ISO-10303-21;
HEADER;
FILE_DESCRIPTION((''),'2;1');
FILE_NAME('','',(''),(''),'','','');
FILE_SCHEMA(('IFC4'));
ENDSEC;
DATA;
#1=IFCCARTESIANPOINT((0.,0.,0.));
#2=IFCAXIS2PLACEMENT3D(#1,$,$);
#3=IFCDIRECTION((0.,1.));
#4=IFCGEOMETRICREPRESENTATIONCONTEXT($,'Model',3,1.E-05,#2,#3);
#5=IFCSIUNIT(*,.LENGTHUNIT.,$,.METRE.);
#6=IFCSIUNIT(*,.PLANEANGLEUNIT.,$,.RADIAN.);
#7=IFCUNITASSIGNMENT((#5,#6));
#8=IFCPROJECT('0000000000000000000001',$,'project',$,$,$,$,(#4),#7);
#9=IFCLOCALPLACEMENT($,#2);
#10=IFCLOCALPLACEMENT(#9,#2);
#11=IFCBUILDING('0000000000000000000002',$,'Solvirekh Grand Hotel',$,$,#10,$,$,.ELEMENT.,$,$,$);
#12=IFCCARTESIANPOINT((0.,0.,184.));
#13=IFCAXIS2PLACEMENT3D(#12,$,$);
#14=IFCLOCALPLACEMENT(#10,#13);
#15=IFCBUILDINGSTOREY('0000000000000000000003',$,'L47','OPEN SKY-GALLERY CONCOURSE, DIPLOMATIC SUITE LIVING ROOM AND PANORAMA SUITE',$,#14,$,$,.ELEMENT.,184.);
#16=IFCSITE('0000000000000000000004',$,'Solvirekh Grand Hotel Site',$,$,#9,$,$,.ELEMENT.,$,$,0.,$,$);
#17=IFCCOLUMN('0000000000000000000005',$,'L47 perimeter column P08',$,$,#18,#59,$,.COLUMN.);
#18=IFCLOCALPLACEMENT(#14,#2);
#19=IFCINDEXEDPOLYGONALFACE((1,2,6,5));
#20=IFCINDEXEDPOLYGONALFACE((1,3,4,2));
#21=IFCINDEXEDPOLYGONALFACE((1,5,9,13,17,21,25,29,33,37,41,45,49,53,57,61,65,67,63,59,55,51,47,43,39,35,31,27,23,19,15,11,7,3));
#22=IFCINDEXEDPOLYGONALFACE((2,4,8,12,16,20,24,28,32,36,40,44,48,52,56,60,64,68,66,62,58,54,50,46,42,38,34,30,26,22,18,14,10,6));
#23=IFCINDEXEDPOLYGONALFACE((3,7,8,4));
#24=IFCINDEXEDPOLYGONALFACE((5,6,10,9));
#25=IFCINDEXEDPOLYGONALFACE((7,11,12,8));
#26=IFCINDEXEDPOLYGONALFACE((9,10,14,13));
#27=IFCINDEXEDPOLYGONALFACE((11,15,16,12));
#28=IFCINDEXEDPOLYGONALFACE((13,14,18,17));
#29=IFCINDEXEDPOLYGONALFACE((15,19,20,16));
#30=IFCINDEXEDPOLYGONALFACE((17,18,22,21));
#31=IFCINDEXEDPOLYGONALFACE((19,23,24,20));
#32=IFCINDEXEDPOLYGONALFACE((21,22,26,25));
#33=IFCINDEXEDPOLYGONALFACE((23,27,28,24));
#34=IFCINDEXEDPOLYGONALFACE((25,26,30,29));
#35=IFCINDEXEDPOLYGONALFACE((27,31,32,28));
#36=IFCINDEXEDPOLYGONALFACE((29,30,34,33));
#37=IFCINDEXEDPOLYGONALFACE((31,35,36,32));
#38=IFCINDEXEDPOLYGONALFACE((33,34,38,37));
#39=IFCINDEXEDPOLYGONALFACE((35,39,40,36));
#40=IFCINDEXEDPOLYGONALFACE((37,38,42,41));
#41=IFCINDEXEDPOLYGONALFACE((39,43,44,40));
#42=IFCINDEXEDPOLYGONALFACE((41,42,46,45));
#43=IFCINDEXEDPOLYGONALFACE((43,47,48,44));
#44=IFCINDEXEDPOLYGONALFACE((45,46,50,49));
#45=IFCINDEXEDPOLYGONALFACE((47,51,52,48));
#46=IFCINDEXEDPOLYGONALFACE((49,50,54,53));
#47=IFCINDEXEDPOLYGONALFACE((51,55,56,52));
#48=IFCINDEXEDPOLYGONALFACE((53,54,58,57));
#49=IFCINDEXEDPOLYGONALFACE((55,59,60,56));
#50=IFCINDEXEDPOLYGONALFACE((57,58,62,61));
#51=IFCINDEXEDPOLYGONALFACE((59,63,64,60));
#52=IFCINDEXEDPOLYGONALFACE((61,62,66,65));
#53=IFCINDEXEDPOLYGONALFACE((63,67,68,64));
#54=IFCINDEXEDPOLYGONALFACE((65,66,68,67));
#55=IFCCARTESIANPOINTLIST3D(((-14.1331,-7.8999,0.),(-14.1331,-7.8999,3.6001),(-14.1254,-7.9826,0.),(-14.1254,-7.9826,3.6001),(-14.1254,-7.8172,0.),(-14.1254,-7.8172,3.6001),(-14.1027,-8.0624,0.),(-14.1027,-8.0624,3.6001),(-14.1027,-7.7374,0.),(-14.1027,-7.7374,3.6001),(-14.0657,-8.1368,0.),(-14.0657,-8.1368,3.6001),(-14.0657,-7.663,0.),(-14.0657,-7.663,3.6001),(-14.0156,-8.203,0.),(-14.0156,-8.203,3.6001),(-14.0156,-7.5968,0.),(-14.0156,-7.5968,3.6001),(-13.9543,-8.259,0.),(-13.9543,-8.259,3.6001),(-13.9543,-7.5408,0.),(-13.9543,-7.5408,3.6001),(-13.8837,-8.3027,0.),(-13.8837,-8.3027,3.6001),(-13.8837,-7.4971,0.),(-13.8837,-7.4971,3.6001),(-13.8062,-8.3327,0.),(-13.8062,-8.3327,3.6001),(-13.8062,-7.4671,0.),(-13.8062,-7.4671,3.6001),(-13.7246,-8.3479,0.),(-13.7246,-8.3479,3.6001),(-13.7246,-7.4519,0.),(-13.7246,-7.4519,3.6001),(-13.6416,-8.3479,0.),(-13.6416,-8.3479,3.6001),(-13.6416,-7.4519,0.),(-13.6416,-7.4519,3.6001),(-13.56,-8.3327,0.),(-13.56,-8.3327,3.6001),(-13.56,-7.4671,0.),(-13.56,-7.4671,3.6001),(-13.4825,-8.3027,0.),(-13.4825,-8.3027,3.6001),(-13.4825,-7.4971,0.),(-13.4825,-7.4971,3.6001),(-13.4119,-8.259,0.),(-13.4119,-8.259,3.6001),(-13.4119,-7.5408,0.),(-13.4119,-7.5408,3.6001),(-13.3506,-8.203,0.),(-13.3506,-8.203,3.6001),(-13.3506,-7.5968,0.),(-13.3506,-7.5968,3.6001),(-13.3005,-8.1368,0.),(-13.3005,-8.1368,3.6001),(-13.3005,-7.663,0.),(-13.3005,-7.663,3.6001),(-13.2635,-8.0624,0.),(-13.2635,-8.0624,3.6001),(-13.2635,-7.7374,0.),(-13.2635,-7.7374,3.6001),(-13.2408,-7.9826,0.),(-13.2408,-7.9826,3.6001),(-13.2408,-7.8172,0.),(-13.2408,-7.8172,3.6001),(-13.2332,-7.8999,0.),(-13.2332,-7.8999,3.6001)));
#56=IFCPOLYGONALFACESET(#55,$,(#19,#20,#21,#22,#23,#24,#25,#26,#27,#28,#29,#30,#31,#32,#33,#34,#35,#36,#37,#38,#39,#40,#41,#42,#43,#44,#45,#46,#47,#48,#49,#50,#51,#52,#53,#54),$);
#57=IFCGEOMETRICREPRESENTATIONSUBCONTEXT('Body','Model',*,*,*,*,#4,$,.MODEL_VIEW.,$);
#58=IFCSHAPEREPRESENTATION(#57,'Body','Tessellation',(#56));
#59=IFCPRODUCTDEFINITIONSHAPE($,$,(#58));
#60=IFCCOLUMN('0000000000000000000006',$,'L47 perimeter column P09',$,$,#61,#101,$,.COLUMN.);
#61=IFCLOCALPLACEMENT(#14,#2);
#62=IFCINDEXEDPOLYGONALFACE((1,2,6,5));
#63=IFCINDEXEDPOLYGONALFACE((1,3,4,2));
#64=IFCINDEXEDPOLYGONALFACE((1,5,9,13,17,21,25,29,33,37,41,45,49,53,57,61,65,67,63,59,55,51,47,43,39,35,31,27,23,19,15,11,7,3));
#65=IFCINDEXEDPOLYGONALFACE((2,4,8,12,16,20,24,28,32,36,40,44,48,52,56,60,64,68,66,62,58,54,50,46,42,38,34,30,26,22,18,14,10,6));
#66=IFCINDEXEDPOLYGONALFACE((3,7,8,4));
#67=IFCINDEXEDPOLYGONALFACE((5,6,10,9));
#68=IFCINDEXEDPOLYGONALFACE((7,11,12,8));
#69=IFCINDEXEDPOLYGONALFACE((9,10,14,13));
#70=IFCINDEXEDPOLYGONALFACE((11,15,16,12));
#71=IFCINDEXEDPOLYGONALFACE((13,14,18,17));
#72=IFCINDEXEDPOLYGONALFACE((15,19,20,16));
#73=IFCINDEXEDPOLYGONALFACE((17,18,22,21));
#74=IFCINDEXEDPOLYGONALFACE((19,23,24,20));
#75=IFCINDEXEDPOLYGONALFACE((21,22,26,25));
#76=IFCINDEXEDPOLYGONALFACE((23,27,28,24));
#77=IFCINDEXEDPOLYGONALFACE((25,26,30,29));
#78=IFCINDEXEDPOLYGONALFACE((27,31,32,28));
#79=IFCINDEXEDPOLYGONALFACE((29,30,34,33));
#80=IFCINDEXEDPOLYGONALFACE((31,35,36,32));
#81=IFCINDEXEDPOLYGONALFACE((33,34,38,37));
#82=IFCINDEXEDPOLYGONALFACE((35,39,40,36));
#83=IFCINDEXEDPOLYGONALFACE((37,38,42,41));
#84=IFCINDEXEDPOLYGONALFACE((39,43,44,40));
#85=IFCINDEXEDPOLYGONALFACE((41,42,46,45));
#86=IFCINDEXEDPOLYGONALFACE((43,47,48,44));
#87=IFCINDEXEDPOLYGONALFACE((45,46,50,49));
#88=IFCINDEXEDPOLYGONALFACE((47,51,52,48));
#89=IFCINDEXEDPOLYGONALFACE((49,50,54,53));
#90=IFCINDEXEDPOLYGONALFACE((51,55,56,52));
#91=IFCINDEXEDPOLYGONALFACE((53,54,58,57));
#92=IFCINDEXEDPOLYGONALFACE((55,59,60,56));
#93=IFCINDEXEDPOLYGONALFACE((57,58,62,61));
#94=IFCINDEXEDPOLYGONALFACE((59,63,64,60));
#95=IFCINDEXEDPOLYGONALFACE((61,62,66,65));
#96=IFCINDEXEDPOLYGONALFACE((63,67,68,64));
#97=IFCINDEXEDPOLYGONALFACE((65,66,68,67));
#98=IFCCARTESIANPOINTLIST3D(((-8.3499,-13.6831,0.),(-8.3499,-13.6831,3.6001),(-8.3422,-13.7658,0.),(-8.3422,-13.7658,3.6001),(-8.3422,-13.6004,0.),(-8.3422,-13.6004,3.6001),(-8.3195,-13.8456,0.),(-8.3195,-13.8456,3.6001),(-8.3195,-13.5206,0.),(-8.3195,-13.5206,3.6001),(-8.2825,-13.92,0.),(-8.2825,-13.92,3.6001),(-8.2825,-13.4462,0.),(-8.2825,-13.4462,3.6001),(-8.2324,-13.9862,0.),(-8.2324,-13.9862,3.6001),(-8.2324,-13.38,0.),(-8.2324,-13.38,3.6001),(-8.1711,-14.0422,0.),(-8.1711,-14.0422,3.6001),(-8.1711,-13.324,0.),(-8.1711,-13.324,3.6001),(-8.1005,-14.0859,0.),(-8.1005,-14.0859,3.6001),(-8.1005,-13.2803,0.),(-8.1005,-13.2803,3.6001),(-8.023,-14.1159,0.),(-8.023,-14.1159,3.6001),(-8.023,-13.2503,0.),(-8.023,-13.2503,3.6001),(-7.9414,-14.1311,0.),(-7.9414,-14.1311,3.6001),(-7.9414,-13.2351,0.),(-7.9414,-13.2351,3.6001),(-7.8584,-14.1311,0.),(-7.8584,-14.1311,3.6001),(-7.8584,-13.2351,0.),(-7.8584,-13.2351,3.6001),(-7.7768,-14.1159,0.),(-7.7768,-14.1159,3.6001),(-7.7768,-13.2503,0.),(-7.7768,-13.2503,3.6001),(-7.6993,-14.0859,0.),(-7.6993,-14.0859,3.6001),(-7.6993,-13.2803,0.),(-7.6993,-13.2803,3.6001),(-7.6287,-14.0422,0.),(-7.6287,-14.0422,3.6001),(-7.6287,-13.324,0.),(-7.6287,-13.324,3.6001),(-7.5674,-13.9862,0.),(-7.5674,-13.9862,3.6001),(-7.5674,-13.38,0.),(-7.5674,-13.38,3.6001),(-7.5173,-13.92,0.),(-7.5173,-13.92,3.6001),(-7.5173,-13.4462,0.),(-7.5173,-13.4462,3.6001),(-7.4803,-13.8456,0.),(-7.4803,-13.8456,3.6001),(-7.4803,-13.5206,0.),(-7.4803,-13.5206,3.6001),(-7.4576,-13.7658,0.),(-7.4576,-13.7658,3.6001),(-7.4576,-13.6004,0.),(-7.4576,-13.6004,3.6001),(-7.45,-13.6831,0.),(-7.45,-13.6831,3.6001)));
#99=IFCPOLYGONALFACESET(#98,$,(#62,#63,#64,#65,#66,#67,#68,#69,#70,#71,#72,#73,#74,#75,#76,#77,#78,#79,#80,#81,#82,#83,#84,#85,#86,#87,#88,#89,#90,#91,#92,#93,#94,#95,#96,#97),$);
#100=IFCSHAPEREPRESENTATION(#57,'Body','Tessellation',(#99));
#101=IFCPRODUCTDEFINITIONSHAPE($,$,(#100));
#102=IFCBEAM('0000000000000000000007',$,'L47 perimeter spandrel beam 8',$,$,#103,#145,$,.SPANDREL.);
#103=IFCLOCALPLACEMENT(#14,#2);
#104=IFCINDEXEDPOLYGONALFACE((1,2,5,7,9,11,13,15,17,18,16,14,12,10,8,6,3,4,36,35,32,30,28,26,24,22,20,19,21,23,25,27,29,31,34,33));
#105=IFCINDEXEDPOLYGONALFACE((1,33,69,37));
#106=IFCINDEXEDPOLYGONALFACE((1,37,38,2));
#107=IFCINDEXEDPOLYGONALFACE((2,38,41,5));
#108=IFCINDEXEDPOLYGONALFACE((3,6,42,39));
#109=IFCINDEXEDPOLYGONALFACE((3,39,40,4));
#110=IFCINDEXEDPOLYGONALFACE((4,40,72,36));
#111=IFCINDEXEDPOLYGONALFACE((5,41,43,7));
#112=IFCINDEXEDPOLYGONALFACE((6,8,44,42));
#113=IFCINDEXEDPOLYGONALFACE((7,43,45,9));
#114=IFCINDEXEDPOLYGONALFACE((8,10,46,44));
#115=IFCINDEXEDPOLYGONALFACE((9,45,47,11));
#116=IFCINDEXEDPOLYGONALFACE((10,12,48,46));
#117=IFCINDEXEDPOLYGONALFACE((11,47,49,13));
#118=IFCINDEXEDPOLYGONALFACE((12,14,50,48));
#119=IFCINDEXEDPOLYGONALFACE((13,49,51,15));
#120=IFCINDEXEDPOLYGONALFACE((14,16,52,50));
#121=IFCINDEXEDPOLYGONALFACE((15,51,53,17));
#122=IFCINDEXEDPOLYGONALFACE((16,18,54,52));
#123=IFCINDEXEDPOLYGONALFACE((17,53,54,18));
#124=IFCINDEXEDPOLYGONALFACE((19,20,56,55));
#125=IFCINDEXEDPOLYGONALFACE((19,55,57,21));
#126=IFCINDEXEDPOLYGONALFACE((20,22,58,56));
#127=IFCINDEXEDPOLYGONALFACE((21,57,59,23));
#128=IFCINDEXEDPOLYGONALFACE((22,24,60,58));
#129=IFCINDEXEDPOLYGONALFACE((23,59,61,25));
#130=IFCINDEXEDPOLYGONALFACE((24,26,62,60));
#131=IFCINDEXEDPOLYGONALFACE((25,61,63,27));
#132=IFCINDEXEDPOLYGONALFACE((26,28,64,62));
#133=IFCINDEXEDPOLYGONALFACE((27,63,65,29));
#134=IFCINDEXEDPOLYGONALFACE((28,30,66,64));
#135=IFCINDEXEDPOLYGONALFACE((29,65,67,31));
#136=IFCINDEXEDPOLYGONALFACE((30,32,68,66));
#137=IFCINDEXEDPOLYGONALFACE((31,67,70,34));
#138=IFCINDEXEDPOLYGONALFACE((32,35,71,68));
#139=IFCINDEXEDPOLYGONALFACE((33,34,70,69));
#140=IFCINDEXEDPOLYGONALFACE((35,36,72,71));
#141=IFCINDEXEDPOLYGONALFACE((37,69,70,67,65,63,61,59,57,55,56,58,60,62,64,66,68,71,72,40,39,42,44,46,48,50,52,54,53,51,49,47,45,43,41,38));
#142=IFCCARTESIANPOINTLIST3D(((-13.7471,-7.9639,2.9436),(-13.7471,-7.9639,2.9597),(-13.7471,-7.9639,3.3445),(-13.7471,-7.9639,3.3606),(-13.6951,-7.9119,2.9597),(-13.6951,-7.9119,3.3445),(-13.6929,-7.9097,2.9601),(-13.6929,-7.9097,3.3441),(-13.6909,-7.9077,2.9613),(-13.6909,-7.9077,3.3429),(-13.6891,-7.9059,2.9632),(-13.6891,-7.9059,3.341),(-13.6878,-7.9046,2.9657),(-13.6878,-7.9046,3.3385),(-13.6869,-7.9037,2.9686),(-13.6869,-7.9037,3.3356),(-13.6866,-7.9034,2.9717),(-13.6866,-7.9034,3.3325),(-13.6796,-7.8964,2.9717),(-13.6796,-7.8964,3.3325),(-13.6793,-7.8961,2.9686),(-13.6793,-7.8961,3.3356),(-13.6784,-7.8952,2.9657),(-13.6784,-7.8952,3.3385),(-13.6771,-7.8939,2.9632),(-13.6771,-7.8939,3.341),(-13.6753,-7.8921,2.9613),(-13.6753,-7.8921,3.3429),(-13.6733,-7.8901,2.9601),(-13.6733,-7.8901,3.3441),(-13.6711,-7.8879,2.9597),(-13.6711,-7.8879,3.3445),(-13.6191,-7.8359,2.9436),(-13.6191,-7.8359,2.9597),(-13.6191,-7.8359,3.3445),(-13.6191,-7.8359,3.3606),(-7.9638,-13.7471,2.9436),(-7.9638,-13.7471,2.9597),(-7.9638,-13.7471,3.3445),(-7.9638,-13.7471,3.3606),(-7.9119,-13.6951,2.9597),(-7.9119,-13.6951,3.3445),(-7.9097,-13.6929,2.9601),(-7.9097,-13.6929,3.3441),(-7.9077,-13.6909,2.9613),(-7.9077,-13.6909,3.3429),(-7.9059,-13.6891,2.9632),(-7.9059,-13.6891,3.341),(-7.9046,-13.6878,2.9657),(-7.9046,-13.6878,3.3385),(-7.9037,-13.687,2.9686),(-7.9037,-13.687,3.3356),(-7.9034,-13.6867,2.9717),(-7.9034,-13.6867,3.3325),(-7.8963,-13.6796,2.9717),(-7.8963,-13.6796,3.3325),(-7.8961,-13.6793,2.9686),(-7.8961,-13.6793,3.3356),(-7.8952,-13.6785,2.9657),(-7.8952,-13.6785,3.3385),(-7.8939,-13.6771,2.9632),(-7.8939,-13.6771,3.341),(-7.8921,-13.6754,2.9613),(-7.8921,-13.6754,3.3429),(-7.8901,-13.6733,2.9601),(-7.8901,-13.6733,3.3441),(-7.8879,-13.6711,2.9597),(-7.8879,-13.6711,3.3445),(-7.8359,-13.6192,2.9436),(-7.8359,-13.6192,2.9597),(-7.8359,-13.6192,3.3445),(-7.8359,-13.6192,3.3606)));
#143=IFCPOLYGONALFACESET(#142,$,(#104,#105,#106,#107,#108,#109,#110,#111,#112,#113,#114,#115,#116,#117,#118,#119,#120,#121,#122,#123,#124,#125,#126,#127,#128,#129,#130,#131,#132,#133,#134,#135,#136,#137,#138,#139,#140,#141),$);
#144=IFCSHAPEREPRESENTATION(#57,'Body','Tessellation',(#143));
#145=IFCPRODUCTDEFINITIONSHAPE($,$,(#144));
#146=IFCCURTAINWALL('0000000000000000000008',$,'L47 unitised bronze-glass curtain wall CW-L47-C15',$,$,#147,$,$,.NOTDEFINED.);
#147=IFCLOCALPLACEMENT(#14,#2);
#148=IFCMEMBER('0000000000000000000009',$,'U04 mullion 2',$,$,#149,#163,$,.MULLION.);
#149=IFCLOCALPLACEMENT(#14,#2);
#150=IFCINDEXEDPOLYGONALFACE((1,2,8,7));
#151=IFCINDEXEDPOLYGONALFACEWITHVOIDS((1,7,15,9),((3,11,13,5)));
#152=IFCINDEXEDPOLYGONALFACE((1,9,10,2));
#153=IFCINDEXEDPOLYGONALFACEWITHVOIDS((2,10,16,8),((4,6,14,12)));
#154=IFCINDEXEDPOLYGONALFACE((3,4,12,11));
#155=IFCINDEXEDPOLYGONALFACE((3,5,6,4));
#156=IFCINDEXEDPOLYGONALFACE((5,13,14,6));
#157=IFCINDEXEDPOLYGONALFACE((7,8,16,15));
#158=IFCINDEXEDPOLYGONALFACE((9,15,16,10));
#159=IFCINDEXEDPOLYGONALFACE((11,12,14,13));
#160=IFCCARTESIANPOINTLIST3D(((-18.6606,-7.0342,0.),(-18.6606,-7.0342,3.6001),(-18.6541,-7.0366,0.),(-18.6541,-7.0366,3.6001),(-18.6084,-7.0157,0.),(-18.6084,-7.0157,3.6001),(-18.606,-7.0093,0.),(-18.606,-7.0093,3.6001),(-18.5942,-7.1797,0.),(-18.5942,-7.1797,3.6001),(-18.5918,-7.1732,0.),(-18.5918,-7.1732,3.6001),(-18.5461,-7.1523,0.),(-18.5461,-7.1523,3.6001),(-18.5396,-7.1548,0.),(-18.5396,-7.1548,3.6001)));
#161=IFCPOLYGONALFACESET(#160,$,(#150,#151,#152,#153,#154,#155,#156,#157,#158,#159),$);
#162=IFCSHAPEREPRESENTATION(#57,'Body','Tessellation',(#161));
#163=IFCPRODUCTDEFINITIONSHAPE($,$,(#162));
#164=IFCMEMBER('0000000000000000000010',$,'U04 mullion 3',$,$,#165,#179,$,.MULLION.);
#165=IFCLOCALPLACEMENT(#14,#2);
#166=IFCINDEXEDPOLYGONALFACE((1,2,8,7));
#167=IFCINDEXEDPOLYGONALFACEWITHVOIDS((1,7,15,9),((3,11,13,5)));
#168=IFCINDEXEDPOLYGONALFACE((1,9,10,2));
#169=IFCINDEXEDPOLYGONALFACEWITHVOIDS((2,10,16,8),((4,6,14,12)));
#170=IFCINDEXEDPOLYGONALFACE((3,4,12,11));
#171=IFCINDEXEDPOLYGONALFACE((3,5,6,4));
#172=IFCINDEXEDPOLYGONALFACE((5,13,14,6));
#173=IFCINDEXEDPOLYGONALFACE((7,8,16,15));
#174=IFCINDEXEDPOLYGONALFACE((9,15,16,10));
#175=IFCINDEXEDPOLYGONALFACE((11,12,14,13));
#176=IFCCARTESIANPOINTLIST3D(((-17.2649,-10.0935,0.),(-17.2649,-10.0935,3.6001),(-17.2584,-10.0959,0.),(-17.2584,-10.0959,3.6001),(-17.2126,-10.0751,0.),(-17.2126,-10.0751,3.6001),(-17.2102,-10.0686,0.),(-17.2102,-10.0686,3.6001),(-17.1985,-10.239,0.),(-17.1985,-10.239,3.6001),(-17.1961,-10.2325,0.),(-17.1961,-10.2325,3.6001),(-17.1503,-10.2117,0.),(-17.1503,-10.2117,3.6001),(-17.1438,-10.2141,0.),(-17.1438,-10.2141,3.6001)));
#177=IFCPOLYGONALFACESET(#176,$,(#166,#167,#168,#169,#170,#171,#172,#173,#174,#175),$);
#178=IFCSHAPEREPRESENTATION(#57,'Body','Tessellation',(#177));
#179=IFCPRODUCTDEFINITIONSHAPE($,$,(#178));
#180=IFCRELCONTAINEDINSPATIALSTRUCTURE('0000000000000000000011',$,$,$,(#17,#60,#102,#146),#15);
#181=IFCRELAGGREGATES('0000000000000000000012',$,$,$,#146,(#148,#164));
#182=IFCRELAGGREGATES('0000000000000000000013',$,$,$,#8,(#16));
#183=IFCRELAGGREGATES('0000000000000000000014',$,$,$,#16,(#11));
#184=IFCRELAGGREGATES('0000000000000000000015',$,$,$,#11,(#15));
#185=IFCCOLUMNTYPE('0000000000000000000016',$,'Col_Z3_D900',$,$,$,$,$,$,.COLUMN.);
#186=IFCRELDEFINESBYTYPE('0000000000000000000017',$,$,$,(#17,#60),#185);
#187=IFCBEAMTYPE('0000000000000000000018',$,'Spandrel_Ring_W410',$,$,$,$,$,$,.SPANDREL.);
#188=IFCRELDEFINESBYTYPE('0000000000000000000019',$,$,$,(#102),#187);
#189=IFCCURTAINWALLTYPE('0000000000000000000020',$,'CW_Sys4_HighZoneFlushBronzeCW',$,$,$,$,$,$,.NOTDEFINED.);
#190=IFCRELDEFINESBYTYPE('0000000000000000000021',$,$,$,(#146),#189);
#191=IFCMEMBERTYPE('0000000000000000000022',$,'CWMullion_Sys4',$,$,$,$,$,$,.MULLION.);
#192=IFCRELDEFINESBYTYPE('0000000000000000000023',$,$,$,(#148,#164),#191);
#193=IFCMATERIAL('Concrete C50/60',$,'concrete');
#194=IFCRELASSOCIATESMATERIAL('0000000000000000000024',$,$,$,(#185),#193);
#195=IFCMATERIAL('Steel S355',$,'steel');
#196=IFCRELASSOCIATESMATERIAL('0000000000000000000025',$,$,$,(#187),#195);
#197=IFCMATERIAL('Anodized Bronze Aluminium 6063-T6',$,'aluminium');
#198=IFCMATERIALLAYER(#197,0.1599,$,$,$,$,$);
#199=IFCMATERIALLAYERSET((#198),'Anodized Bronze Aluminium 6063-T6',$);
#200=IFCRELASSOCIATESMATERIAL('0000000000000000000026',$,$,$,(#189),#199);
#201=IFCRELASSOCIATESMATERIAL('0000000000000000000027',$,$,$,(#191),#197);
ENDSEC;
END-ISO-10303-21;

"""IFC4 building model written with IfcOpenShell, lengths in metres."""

from ifc_helpers import new_model, si_unit, direction, frame, origin, origin_2d, place, context, subcontext, project, spatial, hollow_rectangle, circle, i_section, extrude, source, transform, mapped, material, layer, layer_set, material_profile, profile_set, type_object, element, aggregate, save


model = new_model("IFC4")

# Units and contexts
model_context = context("Model", 3, precision=1e-05, world=origin(), true_north=direction((0.0, 1.0)))
body_context = subcontext(model_context, "Body", "Model", "MODEL_VIEW")
ifc_project = project(units=[si_unit("LENGTHUNIT", "METRE"), si_unit("PLANEANGLEUNIT", "RADIAN")], contexts=[model_context])

# Site, building, storey
site_placement = place(None, origin())
site = spatial("IfcSite", under=ifc_project, at=site_placement, Name="Solvirekh Grand Hotel Site", CompositionType="ELEMENT", RefElevation=0.0)
building_placement = place(site_placement, origin())
building = spatial("IfcBuilding", under=site, at=building_placement, Name="Solvirekh Grand Hotel", CompositionType="ELEMENT")
storey_placement = place(building_placement, frame((0.0, 0.0, 184.0)))
storey = spatial("IfcBuildingStorey", under=building, at=storey_placement, Name="L47", Description="OPEN SKY-GALLERY CONCOURSE, DIPLOMATIC SUITE LIVING ROOM AND PANORAMA SUITE", CompositionType="ELEMENT", Elevation=184.0)

# Columns
ifc_material_1 = material(Name="Concrete C50/60", Category="concrete")
ifc_material_profile_1 = material_profile(ifc_material_1, circle(Radius=0.45, at=origin_2d()), Name="RC CIRC D900")
ifc_profile_set_1 = profile_set([ifc_material_profile_1], Name="Concrete C50/60")
column_type = type_object("IfcColumnType", Name="Col_Z3_D900", PredefinedType="COLUMN", material=ifc_profile_set_1)
for number, where, z_axis, x_axis, name in (
    (1, (-13.6831, -7.8999, 0.0), (0.0, 0.0, 1.0), (1.0, 0.0, 0.0), "L47 perimeter column P08"),
    (2, (-7.8999, -13.6831, 0.0), (0.0, 0.0, 1.0), (1.0, 0.0, 0.0), "L47 perimeter column P09"),
):
    element("IfcColumn", number, at=place(storey_placement, frame(where, z_axis=z_axis, x_axis=x_axis)), inside=storey, type_object=column_type, Name=name, PredefinedType="COLUMN", context=body_context, shape_type="SweptSolid", body=[
        extrude(circle(Radius=0.45, at=origin_2d()), origin(), (0.0, 0.0, 1.0), 3.6001),
    ])

# Beam
ifc_material_2 = material(Name="Steel S355", Category="steel")
ifc_material_profile_2 = material_profile(ifc_material_2, i_section(OverallWidth=0.1809, OverallDepth=0.417, WebThickness=0.01, FlangeThickness=0.0161, FilletRadius=0.012, at=origin_2d()), Name="W410X85")
ifc_profile_set_2 = profile_set([ifc_material_profile_2], Name="Steel S355")
beam_type = type_object("IfcBeamType", Name="Spandrel_Ring_W410", PredefinedType="SPANDREL", material=ifc_profile_set_2)
beam_placement = place(storey_placement, frame((-13.6831, -7.8999, 3.1521), z_axis=(0.707107, -0.707107, 0.0), x_axis=(0.707107, 0.707107, 0.0)))
element("IfcBeam", 3, at=beam_placement, inside=storey, type_object=beam_type, Name="L47 perimeter spandrel beam 8", PredefinedType="SPANDREL", context=body_context, shape_type="SweptSolid", body=[
    extrude(i_section(OverallWidth=0.1809, OverallDepth=0.417, WebThickness=0.01, FlangeThickness=0.0161, FilletRadius=0.012, at=origin_2d()), origin(), (0.0, 0.0, 1.0), 8.1787),
])

# Curtain wall, members
ifc_material_3 = material(Name="Anodized Bronze Aluminium 6063-T6", Category="aluminium")
ifc_layer_1 = layer(ifc_material_3, 0.1599)
ifc_layer_set_1 = layer_set([ifc_layer_1], Name="Anodized Bronze Aluminium 6063-T6")
curtain_wall_type = type_object("IfcCurtainWallType", Name="CW_Sys4_HighZoneFlushBronzeCW", PredefinedType="NOTDEFINED", material=ifc_layer_set_1)
curtain_wall_placement = place(storey_placement, origin())
curtain_wall = element("IfcCurtainWall", 4, at=curtain_wall_placement, inside=storey, type_object=curtain_wall_type, Name="L47 unitised bronze-glass curtain wall CW-L47-C15", PredefinedType="NOTDEFINED")
ifc_material_profile_3 = material_profile(ifc_material_3, hollow_rectangle(XDim=0.0601, YDim=0.1599, WallThickness=0.0049, at=origin_2d()), Name="ALU RHS 160X60X5")
ifc_profile_set_3 = profile_set([ifc_material_profile_3], Name="Anodized Bronze Aluminium 6063-T6")
member_type_1 = type_object("IfcMemberType", Name="CWMullion_Sys4", PredefinedType="MULLION", material=ifc_profile_set_3)
shared_shape_1 = source(origin(), body_context, "Body", "SweptSolid", [
    extrude(hollow_rectangle(XDim=0.0601, YDim=0.1599, WallThickness=0.0049, at=origin_2d()), origin(), (0.0, 0.0, 1.0), 3.6001),
])
member_1_placement = place(storey_placement, frame((-18.6001, -7.0945, 0.0), z_axis=(0.0, 0.0, 1.0), x_axis=(0.909805, 0.415035, 0.0)))
member_1 = element("IfcMember", 5, at=member_1_placement, type_object=member_type_1, Name="U04 mullion 2", PredefinedType="MULLION", context=body_context, shape_type="MappedRepresentation", body=[
    mapped(shared_shape_1, transform((0.0, 0.0, 0.0), x_axis=(1.0, 0.0, 0.0), y_axis=(0.0, 1.0, 0.0), z_axis=(0.0, 0.0, 1.0), scale=1.0)),
])
member_2_placement = place(storey_placement, frame((-17.2043, -10.1538, 0.0), z_axis=(0.0, 0.0, 1.0), x_axis=(0.909805, 0.415035, 0.0)))
member_2 = element("IfcMember", 6, at=member_2_placement, type_object=member_type_1, Name="U04 mullion 3", PredefinedType="MULLION", context=body_context, shape_type="MappedRepresentation", body=[
    mapped(shared_shape_1, transform((0.0, 0.0, 0.0), x_axis=(1.0, 0.0, 0.0), y_axis=(0.0, 1.0, 0.0), z_axis=(0.0, 0.0, 1.0), scale=1.0)),
])
aggregate(curtain_wall, [member_1, member_2])

save(model, "model.ifc")
